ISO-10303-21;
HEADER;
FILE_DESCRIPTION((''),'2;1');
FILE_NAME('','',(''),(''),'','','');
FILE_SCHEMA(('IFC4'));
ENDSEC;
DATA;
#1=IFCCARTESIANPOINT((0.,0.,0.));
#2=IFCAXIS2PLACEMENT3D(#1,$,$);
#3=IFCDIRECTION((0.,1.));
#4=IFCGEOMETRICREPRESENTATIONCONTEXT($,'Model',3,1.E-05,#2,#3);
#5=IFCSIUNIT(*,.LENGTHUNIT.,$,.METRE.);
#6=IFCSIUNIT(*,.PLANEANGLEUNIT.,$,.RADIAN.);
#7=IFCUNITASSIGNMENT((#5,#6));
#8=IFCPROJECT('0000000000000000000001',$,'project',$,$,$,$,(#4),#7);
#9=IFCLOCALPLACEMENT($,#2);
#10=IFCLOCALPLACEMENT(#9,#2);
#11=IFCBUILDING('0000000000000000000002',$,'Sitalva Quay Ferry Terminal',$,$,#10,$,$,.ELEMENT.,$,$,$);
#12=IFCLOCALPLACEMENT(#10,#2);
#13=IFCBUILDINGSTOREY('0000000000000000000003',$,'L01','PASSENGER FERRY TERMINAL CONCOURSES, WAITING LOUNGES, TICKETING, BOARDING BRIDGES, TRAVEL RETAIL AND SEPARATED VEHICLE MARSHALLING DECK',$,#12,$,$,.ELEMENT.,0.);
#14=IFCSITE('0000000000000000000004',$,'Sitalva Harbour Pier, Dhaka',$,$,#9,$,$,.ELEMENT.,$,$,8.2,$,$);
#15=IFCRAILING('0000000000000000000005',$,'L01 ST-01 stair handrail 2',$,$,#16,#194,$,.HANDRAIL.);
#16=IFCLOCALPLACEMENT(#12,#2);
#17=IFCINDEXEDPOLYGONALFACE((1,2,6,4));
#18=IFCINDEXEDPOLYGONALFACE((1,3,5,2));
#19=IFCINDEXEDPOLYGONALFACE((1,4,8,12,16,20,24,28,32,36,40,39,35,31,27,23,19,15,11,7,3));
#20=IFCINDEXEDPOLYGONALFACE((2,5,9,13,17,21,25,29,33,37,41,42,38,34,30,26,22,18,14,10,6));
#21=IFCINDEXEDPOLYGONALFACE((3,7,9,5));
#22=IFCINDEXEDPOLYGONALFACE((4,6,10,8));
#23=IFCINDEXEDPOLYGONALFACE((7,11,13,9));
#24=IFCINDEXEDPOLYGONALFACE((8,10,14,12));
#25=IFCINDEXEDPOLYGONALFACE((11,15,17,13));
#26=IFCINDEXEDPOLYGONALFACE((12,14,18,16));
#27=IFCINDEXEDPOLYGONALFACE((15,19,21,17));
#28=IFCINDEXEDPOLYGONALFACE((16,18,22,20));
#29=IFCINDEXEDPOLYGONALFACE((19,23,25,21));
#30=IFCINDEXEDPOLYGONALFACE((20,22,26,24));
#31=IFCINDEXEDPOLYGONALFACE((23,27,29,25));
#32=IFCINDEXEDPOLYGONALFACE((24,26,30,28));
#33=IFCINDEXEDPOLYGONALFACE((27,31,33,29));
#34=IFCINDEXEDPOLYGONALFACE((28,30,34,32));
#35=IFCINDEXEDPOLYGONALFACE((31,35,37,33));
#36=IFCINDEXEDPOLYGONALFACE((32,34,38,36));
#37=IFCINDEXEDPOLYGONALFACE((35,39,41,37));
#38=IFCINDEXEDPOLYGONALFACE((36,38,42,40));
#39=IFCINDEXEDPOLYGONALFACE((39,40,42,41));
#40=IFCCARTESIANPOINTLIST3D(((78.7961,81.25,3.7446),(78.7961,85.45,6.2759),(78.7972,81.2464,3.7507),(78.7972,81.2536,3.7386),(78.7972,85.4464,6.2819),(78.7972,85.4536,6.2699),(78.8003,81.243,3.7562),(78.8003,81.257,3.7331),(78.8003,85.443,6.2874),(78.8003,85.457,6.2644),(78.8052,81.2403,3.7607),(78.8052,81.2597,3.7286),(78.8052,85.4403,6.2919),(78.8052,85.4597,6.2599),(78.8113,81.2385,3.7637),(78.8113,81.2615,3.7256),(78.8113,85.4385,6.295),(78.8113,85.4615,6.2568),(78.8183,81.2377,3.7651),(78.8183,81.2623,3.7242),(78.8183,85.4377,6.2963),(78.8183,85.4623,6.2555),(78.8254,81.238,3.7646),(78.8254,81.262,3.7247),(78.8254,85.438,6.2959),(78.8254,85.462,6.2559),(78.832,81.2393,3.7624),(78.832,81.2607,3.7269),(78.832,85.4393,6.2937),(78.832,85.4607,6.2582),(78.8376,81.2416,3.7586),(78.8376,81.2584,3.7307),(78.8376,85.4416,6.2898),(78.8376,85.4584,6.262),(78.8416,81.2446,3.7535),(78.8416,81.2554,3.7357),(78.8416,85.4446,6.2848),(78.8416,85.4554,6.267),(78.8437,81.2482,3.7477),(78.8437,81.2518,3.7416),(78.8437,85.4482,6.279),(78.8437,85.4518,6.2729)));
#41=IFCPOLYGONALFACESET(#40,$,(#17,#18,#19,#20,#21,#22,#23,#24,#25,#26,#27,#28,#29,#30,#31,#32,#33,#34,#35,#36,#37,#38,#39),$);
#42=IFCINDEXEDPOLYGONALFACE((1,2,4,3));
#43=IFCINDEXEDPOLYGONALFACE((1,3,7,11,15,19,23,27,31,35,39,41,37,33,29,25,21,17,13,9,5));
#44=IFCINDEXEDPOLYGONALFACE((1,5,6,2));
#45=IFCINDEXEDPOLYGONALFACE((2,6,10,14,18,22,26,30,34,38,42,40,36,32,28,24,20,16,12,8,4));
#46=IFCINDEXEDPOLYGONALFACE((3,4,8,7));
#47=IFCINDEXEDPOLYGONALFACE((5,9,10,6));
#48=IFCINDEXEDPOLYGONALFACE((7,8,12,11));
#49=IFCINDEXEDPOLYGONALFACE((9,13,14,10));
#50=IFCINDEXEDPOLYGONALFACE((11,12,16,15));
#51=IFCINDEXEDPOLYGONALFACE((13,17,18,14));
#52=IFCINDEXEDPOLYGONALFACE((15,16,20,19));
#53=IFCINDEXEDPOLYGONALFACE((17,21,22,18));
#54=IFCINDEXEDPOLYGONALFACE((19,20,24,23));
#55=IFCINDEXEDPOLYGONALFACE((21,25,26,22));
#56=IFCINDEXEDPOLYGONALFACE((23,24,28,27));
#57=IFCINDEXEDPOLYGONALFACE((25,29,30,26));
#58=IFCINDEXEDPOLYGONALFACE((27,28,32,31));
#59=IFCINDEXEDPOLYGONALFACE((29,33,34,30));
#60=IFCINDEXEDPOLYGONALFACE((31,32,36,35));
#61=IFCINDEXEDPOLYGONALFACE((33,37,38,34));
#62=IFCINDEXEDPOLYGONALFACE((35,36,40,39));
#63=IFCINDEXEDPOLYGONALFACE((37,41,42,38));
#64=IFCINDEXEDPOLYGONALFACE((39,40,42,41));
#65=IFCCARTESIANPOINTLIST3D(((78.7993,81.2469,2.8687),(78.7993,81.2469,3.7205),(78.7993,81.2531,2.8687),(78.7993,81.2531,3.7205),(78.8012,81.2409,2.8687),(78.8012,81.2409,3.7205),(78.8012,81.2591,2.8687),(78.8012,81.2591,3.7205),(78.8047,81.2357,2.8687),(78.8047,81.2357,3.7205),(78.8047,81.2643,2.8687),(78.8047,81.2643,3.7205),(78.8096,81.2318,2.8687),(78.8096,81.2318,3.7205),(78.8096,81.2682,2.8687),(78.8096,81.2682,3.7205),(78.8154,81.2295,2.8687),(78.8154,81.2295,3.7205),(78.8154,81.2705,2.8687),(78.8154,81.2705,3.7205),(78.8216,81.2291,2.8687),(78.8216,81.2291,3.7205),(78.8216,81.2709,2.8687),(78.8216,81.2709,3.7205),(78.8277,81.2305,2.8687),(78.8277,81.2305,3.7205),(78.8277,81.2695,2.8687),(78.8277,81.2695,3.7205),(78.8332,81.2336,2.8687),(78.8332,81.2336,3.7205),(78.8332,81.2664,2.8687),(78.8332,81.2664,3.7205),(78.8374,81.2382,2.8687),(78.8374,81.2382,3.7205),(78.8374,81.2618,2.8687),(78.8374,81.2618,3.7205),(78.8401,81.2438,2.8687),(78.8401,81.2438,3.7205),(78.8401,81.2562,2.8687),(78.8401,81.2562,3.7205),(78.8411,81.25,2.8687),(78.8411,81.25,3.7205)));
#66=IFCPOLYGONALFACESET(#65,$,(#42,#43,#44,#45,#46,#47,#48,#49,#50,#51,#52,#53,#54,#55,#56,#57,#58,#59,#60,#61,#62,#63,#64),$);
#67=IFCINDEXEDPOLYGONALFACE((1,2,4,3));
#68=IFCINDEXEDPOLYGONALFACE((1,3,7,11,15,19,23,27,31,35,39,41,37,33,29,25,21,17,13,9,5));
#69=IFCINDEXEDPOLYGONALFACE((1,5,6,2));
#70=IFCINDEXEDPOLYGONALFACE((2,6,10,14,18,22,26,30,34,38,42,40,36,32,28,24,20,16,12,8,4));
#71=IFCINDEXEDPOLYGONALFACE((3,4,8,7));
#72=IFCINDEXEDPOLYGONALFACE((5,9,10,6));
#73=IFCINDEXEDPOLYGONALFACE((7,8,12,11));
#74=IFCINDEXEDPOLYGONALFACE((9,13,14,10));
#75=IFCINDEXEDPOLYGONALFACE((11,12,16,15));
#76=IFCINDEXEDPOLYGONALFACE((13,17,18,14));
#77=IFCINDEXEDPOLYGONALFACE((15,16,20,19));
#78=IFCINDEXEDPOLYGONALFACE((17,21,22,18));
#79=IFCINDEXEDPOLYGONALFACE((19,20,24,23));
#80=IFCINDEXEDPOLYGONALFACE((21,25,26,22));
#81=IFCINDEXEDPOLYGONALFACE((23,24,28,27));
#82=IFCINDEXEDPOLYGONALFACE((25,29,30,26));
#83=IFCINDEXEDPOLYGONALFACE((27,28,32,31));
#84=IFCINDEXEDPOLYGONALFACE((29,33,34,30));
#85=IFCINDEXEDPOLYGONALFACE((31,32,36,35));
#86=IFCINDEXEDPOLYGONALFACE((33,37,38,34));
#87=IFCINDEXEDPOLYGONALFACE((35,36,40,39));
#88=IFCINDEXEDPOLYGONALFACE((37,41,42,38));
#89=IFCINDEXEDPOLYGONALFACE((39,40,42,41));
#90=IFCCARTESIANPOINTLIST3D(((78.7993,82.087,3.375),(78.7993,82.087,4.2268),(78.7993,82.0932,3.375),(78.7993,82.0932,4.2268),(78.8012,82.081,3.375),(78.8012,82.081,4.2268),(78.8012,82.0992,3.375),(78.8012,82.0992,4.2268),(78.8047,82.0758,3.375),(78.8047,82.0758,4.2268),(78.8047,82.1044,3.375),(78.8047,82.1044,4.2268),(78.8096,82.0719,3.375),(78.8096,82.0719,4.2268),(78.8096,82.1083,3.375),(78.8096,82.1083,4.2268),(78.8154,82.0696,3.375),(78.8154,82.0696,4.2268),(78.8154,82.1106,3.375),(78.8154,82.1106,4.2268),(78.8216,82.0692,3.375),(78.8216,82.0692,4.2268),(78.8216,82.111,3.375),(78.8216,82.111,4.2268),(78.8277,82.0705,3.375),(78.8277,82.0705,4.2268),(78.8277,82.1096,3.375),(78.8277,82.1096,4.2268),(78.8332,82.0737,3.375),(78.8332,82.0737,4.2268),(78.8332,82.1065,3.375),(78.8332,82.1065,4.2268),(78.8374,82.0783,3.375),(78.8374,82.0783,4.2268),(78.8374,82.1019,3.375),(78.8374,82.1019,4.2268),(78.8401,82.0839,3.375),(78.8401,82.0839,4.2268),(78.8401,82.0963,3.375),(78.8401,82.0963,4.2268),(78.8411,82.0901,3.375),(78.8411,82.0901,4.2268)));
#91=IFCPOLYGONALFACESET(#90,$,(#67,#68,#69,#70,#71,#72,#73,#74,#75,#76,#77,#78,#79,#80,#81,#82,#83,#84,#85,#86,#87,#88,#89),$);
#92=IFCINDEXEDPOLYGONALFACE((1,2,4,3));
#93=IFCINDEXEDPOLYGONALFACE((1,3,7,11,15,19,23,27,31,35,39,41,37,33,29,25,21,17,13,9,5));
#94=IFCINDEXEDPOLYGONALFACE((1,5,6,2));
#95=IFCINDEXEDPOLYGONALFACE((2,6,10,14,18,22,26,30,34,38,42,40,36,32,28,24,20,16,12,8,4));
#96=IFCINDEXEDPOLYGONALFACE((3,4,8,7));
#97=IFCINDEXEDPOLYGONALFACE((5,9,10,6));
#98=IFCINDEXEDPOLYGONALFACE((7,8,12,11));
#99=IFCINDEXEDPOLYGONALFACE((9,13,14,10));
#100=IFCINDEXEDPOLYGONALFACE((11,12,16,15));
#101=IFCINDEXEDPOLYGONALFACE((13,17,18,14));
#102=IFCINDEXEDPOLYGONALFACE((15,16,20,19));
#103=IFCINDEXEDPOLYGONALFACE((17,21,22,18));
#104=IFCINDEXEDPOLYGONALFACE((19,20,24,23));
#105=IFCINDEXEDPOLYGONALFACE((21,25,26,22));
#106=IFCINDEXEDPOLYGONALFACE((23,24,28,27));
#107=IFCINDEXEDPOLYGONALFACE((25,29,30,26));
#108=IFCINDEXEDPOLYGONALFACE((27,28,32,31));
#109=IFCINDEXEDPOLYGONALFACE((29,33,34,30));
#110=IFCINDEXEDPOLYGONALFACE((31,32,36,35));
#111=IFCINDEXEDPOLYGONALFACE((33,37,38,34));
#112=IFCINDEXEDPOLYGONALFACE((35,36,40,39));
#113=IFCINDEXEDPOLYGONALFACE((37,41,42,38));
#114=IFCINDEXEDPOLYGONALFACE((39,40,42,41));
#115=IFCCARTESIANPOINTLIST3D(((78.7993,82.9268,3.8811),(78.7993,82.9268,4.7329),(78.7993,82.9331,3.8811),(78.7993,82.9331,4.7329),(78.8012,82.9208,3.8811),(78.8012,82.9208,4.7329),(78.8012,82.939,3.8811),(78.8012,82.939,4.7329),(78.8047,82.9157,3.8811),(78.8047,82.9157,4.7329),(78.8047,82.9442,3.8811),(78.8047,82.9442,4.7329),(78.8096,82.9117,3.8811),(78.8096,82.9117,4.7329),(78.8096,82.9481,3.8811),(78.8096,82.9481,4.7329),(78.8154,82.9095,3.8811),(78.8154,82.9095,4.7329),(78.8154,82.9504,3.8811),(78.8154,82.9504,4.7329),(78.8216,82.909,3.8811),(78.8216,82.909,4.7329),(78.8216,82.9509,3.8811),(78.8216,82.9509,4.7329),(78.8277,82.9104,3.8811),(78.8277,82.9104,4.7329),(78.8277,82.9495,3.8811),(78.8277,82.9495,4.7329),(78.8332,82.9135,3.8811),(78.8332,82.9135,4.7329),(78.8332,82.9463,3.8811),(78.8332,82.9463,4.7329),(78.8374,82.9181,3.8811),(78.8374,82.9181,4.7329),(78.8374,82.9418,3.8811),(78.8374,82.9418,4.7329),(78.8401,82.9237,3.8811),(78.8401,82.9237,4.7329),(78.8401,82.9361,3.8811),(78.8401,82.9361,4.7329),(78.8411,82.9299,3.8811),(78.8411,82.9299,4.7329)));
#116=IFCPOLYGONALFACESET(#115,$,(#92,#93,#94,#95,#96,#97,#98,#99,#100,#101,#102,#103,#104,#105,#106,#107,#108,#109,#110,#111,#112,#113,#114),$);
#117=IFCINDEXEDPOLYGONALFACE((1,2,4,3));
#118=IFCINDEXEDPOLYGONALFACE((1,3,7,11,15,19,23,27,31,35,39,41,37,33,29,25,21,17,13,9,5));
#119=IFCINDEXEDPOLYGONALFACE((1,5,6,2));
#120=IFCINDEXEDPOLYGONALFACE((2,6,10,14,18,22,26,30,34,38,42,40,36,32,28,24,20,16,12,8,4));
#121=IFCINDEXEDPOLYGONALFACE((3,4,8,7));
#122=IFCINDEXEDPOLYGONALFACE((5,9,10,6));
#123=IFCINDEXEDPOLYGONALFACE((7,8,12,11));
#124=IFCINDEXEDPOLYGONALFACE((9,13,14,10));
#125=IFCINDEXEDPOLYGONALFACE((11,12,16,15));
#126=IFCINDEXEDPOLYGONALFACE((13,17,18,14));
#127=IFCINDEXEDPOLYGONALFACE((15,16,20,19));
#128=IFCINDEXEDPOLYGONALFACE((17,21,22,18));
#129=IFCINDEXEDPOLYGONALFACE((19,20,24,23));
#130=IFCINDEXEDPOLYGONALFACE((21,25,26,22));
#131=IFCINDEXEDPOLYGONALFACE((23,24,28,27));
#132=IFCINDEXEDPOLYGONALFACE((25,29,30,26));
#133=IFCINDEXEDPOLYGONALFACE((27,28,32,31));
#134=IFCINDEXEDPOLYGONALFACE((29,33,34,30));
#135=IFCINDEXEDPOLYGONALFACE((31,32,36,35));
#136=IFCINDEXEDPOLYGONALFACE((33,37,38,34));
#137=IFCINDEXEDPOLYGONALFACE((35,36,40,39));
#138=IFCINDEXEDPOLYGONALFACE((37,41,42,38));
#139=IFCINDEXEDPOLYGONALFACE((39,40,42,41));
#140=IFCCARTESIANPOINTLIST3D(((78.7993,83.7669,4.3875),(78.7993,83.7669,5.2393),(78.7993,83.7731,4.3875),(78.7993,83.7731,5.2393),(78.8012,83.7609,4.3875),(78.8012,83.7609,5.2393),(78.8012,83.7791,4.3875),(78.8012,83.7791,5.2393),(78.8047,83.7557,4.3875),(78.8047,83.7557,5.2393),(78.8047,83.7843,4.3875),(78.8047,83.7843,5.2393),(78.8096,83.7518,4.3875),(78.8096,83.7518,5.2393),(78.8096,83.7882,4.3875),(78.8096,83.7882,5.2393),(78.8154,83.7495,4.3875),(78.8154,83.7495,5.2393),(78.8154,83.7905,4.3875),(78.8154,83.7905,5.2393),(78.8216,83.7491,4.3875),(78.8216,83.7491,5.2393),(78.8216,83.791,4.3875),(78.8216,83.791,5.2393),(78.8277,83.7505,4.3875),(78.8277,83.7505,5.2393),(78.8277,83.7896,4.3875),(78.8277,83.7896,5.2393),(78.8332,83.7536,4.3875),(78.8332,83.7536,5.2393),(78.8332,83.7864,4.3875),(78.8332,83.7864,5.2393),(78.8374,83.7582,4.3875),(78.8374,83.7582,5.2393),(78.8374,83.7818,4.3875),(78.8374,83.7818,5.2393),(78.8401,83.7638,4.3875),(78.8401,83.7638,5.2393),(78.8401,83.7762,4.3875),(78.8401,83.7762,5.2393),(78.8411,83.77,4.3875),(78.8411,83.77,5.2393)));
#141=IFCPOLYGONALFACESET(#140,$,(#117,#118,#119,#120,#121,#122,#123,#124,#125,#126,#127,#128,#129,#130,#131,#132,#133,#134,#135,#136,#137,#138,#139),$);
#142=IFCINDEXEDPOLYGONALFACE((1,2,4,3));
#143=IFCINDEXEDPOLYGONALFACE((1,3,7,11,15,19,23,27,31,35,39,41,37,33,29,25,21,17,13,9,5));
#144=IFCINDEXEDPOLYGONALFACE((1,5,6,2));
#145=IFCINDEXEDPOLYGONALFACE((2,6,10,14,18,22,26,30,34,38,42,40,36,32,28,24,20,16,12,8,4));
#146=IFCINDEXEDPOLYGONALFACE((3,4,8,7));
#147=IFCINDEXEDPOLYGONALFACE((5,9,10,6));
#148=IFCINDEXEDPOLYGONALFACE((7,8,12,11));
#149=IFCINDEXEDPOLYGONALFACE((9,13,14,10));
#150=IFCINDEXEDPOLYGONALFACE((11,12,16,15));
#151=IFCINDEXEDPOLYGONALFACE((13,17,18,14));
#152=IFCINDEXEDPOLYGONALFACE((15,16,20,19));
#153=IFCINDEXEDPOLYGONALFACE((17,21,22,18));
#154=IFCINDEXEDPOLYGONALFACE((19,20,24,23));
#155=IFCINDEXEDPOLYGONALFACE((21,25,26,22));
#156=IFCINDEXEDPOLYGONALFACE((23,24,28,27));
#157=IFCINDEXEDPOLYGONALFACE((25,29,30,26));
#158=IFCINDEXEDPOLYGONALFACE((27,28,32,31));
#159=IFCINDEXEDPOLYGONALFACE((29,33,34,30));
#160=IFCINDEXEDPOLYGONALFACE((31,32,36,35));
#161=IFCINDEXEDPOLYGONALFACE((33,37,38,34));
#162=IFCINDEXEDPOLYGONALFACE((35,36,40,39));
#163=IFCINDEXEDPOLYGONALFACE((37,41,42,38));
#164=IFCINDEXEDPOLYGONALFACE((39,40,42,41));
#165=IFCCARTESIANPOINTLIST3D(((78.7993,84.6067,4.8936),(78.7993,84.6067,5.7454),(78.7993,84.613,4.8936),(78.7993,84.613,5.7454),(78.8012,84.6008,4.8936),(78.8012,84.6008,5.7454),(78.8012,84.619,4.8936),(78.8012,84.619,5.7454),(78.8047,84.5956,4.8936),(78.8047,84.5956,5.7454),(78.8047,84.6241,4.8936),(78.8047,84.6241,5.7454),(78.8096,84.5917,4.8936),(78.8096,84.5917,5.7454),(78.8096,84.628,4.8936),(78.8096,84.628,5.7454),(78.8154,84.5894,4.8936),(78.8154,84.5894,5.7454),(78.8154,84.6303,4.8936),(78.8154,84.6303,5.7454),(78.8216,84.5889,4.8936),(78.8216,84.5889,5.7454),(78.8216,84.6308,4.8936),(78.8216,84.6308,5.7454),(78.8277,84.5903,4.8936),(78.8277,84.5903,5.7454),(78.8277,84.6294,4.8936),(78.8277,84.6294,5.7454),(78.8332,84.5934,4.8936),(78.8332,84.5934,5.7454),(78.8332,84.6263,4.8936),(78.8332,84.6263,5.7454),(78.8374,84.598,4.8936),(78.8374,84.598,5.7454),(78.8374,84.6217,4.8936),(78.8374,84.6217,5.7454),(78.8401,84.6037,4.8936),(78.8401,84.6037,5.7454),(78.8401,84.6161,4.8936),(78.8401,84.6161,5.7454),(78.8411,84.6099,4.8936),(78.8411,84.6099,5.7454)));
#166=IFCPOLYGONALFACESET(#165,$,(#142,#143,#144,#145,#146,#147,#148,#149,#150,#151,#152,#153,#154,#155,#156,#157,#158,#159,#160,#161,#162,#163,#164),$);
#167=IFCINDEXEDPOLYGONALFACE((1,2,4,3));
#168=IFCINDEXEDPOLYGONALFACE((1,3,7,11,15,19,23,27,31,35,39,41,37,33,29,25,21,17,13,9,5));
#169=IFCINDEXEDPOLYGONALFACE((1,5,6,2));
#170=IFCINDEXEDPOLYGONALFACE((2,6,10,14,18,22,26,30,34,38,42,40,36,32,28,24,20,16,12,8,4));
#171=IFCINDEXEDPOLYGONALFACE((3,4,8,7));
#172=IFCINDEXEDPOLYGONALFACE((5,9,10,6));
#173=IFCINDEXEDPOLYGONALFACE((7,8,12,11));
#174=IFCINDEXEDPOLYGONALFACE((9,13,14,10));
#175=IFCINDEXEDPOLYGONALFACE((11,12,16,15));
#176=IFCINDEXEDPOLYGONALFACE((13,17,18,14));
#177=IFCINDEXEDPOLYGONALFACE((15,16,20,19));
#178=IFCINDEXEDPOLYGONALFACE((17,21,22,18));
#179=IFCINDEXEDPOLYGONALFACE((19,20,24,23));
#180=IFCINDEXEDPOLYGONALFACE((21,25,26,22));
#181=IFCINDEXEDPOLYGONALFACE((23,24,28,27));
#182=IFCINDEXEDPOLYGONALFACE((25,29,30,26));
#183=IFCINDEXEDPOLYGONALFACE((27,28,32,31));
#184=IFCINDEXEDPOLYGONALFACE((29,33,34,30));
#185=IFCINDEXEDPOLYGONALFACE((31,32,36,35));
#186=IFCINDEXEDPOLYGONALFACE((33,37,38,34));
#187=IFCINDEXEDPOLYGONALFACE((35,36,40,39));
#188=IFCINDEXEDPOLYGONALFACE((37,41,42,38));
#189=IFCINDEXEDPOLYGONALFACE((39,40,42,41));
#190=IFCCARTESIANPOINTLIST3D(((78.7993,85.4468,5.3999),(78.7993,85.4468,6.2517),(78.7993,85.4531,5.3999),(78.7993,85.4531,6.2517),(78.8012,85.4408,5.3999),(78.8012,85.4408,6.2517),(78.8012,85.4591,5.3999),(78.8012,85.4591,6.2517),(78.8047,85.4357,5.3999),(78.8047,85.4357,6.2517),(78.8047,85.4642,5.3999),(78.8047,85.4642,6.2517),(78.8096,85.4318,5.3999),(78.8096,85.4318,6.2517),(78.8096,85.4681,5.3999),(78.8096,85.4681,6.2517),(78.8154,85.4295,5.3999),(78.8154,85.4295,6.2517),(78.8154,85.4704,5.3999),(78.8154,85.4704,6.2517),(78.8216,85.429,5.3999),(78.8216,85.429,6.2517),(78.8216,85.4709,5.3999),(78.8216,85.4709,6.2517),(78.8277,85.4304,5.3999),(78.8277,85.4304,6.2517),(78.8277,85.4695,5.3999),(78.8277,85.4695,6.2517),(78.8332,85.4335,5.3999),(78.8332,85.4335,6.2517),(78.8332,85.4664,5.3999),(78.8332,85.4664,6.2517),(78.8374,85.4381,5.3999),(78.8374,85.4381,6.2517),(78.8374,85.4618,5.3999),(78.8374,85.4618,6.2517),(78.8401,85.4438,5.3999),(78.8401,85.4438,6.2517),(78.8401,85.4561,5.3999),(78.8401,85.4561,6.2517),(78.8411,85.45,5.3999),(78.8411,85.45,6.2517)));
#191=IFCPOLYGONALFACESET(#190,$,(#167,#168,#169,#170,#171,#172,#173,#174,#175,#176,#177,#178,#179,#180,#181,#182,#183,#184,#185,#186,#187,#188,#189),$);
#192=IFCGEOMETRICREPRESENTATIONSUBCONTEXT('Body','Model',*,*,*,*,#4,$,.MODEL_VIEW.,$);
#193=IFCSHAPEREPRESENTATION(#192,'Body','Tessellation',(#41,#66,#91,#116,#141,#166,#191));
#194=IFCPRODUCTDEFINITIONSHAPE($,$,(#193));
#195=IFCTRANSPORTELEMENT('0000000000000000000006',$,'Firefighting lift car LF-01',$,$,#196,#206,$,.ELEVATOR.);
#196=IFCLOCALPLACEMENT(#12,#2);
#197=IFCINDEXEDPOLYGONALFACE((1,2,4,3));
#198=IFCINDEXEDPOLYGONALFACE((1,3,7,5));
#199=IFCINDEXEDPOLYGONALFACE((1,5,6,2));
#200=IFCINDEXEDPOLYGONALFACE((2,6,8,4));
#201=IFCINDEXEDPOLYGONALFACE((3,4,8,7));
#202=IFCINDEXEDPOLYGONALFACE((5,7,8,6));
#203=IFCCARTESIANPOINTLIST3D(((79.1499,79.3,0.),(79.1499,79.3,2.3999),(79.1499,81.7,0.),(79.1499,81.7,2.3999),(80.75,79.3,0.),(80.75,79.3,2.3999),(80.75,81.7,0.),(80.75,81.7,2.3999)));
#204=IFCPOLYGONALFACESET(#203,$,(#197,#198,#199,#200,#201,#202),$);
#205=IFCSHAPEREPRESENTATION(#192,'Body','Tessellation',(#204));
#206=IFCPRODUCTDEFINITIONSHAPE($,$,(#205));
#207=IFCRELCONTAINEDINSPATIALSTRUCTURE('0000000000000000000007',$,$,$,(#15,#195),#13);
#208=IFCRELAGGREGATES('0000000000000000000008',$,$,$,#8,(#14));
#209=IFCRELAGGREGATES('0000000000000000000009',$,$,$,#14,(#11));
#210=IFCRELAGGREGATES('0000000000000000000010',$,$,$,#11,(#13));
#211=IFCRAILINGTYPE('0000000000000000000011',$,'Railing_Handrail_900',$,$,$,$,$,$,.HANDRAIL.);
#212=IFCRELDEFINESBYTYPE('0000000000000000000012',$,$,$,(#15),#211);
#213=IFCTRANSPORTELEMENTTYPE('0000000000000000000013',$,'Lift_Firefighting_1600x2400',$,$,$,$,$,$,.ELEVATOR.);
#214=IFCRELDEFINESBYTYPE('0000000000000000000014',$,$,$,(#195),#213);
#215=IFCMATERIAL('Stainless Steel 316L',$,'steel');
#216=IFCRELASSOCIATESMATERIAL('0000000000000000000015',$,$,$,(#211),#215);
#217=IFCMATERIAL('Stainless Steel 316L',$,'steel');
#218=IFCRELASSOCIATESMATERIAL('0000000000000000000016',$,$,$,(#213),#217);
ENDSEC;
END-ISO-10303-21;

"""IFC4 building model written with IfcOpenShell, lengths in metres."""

from ifc_helpers import new_model, si_unit, direction, frame, origin, origin_2d, place, context, subcontext, project, spatial, rectangle, circle, extrude, material, type_object, element, save


model = new_model("IFC4")

# Units and contexts
model_context = context("Model", 3, precision=1e-05, world=origin(), true_north=direction((0.0, 1.0)))
body_context = subcontext(model_context, "Body", "Model", "MODEL_VIEW")
ifc_project = project(units=[si_unit("LENGTHUNIT", "METRE"), si_unit("PLANEANGLEUNIT", "RADIAN")], contexts=[model_context])

# Site, building, storey
site_placement = place(None, origin())
site = spatial("IfcSite", under=ifc_project, at=site_placement, Name="Sitalva Harbour Pier, Dhaka", CompositionType="ELEMENT", RefElevation=8.2)
building_placement = place(site_placement, origin())
building = spatial("IfcBuilding", under=site, at=building_placement, Name="Sitalva Quay Ferry Terminal", CompositionType="ELEMENT")
storey_placement = place(building_placement, origin())
storey = spatial("IfcBuildingStorey", under=building, at=storey_placement, Name="L01", Description="PASSENGER FERRY TERMINAL CONCOURSES, WAITING LOUNGES, TICKETING, BOARDING BRIDGES, TRAVEL RETAIL AND SEPARATED VEHICLE MARSHALLING DECK", CompositionType="ELEMENT", Elevation=0.0)

# Railing
ifc_material_1 = material(Name="Stainless Steel 316L", Category="steel")
railing_type_1 = type_object("IfcRailingType", Name="Railing_Handrail_900", PredefinedType="HANDRAIL", material=ifc_material_1)
railing_1_placement = place(storey_placement, frame((78.8201, 81.25, 2.8687)))
element("IfcRailing", 1, at=railing_1_placement, inside=storey, type_object=railing_type_1, Name="L01 ST-01 stair handrail 2", PredefinedType="HANDRAIL", context=body_context, shape_type="SweptSolid", body=[
    extrude(circle(Radius=0.0239, at=origin_2d()), frame((0.0, 0.0, 0.876), z_axis=(0.0, 0.856476, 0.516186), x_axis=(-1.0, 0.0, 0.0)), (0.0, 0.0, 1.0), 4.9038),
    extrude(circle(Radius=0.021, at=origin_2d()), origin(), (0.0, 0.0, 1.0), 0.8518),
    extrude(circle(Radius=0.021, at=origin_2d()), frame((0.0, 0.8401, 0.5063)), (0.0, 0.0, 1.0), 0.8518),
    extrude(circle(Radius=0.021, at=origin_2d()), frame((0.0, 1.6799, 1.0125)), (0.0, 0.0, 1.0), 0.8518),
    extrude(circle(Radius=0.021, at=origin_2d()), frame((0.0, 2.52, 1.5188)), (0.0, 0.0, 1.0), 0.8518),
    extrude(circle(Radius=0.021, at=origin_2d()), frame((0.0, 3.3599, 2.0249)), (0.0, 0.0, 1.0), 0.8518),
    extrude(circle(Radius=0.021, at=origin_2d()), frame((0.0, 4.2, 2.5312)), (0.0, 0.0, 1.0), 0.8518),
])

# Transport element
ifc_material_2 = material(Name="Stainless Steel 316L", Category="steel")
transport_element_type_1 = type_object("IfcTransportElementType", Name="Lift_Firefighting_1600x2400", PredefinedType="ELEVATOR", material=ifc_material_2)
transport_element_1_placement = place(storey_placement, frame((79.95, 80.5, 0.0), z_axis=(0.0, 0.0, 1.0), x_axis=(1.0, 0.0, 0.0)))
element("IfcTransportElement", 2, at=transport_element_1_placement, inside=storey, type_object=transport_element_type_1, Name="Firefighting lift car LF-01", PredefinedType="ELEVATOR", context=body_context, shape_type="SweptSolid", body=[
    extrude(rectangle(XDim=1.6001, YDim=2.3999, at=origin_2d()), origin(), (0.0, 0.0, 1.0), 2.3999),
])

save(model, "model.ifc")
